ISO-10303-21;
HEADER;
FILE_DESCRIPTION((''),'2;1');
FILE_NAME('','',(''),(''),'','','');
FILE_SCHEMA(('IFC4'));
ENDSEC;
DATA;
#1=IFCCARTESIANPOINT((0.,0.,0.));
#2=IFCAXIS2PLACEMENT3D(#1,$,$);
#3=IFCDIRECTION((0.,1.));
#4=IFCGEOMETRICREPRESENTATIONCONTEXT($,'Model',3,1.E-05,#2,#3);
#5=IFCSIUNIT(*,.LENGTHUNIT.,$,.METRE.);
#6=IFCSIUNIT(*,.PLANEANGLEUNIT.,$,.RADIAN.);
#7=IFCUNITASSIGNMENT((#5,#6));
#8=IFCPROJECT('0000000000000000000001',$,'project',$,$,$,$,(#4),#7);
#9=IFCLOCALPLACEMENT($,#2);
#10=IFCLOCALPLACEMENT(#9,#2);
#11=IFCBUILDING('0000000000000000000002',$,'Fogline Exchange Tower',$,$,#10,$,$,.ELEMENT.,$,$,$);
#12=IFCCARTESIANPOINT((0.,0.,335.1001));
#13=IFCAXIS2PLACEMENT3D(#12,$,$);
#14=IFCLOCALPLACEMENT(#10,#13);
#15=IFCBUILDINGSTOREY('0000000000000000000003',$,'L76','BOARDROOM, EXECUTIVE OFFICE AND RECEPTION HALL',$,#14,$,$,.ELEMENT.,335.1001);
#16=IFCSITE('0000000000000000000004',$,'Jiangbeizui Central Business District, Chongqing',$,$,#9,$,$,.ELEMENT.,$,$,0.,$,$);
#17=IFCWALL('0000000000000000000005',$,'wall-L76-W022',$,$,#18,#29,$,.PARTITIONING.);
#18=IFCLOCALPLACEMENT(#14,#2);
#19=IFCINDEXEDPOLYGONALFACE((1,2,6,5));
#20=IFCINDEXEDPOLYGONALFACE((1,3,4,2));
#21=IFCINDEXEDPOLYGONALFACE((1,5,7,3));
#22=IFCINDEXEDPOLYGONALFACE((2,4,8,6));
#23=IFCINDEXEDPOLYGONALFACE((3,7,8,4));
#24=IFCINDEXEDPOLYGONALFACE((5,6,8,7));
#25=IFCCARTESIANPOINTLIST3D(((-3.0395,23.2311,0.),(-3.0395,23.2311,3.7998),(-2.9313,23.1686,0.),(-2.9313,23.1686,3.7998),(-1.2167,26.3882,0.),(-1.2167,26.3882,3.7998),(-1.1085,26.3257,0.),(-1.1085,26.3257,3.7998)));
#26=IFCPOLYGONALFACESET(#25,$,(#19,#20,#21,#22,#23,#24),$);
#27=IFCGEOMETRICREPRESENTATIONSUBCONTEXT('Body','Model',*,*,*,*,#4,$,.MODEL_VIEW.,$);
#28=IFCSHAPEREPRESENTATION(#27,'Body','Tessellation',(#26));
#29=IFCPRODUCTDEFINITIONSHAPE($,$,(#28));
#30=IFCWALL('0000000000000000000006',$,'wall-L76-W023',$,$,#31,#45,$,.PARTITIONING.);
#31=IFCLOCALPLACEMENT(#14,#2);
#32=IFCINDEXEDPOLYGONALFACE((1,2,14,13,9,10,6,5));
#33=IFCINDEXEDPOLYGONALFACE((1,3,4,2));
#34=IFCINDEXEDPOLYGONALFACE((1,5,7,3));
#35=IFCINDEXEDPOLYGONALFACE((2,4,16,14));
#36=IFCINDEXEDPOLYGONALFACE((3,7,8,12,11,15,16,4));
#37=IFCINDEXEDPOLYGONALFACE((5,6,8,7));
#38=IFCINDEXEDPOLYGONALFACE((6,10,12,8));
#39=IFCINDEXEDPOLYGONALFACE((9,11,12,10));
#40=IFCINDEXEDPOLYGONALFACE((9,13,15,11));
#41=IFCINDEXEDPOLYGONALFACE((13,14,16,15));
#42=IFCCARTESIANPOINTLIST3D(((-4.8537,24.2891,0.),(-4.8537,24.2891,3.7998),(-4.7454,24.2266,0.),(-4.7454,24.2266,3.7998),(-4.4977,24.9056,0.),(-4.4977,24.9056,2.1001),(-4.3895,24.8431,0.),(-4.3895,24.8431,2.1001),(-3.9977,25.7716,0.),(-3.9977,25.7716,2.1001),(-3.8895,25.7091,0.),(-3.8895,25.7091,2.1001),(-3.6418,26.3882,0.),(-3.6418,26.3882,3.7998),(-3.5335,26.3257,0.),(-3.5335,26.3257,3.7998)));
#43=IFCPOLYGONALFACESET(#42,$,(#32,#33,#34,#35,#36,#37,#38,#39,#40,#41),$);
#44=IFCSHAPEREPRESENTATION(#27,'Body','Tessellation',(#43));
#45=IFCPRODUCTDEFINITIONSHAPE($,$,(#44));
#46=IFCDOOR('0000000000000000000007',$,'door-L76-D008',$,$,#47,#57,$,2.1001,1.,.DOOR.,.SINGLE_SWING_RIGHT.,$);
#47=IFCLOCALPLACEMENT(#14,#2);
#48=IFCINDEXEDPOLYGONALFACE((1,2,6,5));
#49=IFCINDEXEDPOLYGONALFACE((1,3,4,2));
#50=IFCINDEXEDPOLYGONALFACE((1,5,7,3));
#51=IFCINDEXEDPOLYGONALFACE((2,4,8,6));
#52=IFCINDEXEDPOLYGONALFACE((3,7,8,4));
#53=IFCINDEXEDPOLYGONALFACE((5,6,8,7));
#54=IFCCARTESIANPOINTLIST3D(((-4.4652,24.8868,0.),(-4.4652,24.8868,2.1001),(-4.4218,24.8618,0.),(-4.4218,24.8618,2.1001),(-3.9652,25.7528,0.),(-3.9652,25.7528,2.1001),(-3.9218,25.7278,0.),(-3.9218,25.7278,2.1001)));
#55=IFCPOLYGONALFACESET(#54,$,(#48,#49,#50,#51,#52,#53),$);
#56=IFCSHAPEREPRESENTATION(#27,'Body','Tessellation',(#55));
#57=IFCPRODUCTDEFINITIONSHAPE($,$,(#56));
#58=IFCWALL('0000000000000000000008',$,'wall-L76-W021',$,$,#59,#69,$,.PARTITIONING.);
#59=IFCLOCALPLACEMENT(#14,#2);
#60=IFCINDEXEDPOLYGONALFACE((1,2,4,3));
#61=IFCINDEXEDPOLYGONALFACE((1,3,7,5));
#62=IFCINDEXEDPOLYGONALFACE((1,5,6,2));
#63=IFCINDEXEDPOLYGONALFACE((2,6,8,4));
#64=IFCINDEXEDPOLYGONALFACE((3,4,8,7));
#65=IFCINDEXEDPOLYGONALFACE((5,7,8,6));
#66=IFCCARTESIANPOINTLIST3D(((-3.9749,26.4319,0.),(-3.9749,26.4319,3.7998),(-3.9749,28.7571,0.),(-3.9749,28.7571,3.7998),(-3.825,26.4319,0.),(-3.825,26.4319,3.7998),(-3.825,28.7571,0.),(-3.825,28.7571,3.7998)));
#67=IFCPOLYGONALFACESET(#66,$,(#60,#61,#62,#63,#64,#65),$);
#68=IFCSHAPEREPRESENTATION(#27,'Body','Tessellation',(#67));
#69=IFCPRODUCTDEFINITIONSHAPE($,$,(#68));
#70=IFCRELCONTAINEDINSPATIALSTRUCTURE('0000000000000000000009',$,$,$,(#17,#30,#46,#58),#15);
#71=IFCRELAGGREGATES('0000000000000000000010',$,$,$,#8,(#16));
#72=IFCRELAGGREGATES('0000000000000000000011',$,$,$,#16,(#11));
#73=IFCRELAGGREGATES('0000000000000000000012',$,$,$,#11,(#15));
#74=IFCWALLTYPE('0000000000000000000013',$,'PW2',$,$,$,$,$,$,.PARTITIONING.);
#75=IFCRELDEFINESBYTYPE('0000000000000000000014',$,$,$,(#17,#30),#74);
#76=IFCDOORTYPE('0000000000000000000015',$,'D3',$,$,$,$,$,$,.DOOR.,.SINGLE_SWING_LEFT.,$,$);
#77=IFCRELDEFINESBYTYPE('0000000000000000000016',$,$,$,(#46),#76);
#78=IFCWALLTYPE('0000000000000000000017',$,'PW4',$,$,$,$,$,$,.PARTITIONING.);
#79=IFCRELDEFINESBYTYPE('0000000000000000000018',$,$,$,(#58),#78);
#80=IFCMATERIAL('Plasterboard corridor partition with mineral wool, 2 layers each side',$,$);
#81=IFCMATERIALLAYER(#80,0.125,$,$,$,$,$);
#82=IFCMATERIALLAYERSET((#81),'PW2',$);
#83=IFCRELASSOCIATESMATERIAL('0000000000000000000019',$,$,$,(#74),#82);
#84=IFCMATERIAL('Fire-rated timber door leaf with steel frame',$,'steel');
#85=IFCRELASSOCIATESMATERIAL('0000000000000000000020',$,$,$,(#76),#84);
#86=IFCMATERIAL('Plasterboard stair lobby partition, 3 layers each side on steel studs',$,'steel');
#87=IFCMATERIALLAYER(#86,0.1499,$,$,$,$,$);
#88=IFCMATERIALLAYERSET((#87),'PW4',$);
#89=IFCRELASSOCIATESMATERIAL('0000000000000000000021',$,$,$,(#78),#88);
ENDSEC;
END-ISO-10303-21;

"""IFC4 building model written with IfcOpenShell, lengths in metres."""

from ifc_helpers import new_model, si_unit, direction, frame, frame_2d, origin, place, context, subcontext, project, spatial, rectangle, extrude, material, layer, layer_set, type_object, element, fill, save


model = new_model("IFC4")

# Units and contexts
model_context = context("Model", 3, precision=1e-05, world=origin(), true_north=direction((0.0, 1.0)))
body_context = subcontext(model_context, "Body", "Model", "MODEL_VIEW")
ifc_project = project(units=[si_unit("LENGTHUNIT", "METRE"), si_unit("PLANEANGLEUNIT", "RADIAN")], contexts=[model_context])

# Site, building, storey
site_placement = place(None, origin())
site = spatial("IfcSite", under=ifc_project, at=site_placement, Name="Jiangbeizui Central Business District, Chongqing", CompositionType="ELEMENT", RefElevation=0.0)
building_placement = place(site_placement, origin())
building = spatial("IfcBuilding", under=site, at=building_placement, Name="Fogline Exchange Tower", CompositionType="ELEMENT")
storey_placement = place(building_placement, frame((0.0, 0.0, 335.1001)))
storey = spatial("IfcBuildingStorey", under=building, at=storey_placement, Name="L76", Description="BOARDROOM, EXECUTIVE OFFICE AND RECEPTION HALL", CompositionType="ELEMENT", Elevation=335.1001)

# Wall
ifc_material_1 = material(Name="Plasterboard corridor partition with mineral wool, 2 layers each side")
ifc_layer_1 = layer(ifc_material_1, 0.125)
ifc_layer_set_1 = layer_set([ifc_layer_1], Name="PW2")
wall_type_1 = type_object("IfcWallType", Name="PW2", PredefinedType="PARTITIONING", material=ifc_layer_set_1)
wall_1_placement = place(storey_placement, frame((-1.1626, 26.3569, 0.0), z_axis=(0.0, 0.0, 1.0), x_axis=(-0.500014, -0.866017, 0.0)))
element("IfcWall", 1, at=wall_1_placement, inside=storey, type_object=wall_type_1, Name="wall-L76-W022", PredefinedType="PARTITIONING", context=body_context, shape_type="SweptSolid", body=[
    extrude(rectangle(XDim=3.6455, YDim=0.125, at=frame_2d((1.8228, 0.0))), origin(), (0.0, 0.0, 1.0), 3.7998),
])

# Wall, opening, door
wall_2_placement = place(storey_placement, frame((-4.7996, 24.2578, 0.0), z_axis=(0.0, 0.0, 1.0), x_axis=(0.499996, 0.866028, 0.0)))
wall_2 = element("IfcWall", 2, at=wall_2_placement, inside=storey, type_object=wall_type_1, Name="wall-L76-W023", PredefinedType="PARTITIONING", context=body_context, shape_type="SweptSolid", body=[
    extrude(rectangle(XDim=2.4238, YDim=0.125, at=frame_2d((1.2119, 0.0))), origin(), (0.0, 0.0, 1.0), 3.7998),
])
opening_1_placement = place(wall_2_placement, frame((0.7119, 0.0, 0.0)))
opening_1 = element("IfcOpeningElement", 3, at=opening_1_placement, cuts=wall_2, PredefinedType="OPENING", context=body_context, shape_type="SweptSolid", body=[
    extrude(rectangle(XDim=1.0, YDim=2.1001, at=frame_2d((0.5, 1.05))), frame((0.0, 0.0725, 0.0), z_axis=(0.0, -1.0, 0.0), x_axis=(1.0, 0.0, 0.0)), (0.0, 0.0, 1.0), 0.145),
])
ifc_material_2 = material(Name="Fire-rated timber door leaf with steel frame", Category="steel")
door_type_1 = type_object("IfcDoorType", Name="D3", OperationType="SINGLE_SWING_LEFT", PredefinedType="DOOR", material=ifc_material_2)
door_1_placement = place(opening_1_placement, origin())
door_1 = element("IfcDoor", 4, at=door_1_placement, inside=storey, type_object=door_type_1, Name="door-L76-D008", OperationType="SINGLE_SWING_RIGHT", OverallHeight=2.1001, OverallWidth=1.0, PredefinedType="DOOR", context=body_context, shape_type="SweptSolid", body=[
    extrude(rectangle(XDim=1.0, YDim=2.1001, at=frame_2d((0.5, 1.05))), frame((0.0, 0.0249, 0.0), z_axis=(0.0, -1.0, 0.0), x_axis=(1.0, 0.0, 0.0)), (0.0, 0.0, 1.0), 0.05),
])
fill(opening_1, door_1)

# Wall
ifc_material_3 = material(Name="Plasterboard stair lobby partition, 3 layers each side on steel studs", Category="steel")
ifc_layer_2 = layer(ifc_material_3, 0.1499)
ifc_layer_set_2 = layer_set([ifc_layer_2], Name="PW4")
wall_type_2 = type_object("IfcWallType", Name="PW4", PredefinedType="PARTITIONING", material=ifc_layer_set_2)
wall_3_placement = place(storey_placement, frame((-3.8999, 26.4319, 0.0), z_axis=(0.0, 0.0, 1.0), x_axis=(0.0, 1.0, 0.0)))
element("IfcWall", 5, at=wall_3_placement, inside=storey, type_object=wall_type_2, Name="wall-L76-W021", PredefinedType="PARTITIONING", context=body_context, shape_type="SweptSolid", body=[
    extrude(rectangle(XDim=2.3252, YDim=0.1499, at=frame_2d((1.1626, 0.0))), origin(), (0.0, 0.0, 1.0), 3.7998),
])

save(model, "model.ifc")
